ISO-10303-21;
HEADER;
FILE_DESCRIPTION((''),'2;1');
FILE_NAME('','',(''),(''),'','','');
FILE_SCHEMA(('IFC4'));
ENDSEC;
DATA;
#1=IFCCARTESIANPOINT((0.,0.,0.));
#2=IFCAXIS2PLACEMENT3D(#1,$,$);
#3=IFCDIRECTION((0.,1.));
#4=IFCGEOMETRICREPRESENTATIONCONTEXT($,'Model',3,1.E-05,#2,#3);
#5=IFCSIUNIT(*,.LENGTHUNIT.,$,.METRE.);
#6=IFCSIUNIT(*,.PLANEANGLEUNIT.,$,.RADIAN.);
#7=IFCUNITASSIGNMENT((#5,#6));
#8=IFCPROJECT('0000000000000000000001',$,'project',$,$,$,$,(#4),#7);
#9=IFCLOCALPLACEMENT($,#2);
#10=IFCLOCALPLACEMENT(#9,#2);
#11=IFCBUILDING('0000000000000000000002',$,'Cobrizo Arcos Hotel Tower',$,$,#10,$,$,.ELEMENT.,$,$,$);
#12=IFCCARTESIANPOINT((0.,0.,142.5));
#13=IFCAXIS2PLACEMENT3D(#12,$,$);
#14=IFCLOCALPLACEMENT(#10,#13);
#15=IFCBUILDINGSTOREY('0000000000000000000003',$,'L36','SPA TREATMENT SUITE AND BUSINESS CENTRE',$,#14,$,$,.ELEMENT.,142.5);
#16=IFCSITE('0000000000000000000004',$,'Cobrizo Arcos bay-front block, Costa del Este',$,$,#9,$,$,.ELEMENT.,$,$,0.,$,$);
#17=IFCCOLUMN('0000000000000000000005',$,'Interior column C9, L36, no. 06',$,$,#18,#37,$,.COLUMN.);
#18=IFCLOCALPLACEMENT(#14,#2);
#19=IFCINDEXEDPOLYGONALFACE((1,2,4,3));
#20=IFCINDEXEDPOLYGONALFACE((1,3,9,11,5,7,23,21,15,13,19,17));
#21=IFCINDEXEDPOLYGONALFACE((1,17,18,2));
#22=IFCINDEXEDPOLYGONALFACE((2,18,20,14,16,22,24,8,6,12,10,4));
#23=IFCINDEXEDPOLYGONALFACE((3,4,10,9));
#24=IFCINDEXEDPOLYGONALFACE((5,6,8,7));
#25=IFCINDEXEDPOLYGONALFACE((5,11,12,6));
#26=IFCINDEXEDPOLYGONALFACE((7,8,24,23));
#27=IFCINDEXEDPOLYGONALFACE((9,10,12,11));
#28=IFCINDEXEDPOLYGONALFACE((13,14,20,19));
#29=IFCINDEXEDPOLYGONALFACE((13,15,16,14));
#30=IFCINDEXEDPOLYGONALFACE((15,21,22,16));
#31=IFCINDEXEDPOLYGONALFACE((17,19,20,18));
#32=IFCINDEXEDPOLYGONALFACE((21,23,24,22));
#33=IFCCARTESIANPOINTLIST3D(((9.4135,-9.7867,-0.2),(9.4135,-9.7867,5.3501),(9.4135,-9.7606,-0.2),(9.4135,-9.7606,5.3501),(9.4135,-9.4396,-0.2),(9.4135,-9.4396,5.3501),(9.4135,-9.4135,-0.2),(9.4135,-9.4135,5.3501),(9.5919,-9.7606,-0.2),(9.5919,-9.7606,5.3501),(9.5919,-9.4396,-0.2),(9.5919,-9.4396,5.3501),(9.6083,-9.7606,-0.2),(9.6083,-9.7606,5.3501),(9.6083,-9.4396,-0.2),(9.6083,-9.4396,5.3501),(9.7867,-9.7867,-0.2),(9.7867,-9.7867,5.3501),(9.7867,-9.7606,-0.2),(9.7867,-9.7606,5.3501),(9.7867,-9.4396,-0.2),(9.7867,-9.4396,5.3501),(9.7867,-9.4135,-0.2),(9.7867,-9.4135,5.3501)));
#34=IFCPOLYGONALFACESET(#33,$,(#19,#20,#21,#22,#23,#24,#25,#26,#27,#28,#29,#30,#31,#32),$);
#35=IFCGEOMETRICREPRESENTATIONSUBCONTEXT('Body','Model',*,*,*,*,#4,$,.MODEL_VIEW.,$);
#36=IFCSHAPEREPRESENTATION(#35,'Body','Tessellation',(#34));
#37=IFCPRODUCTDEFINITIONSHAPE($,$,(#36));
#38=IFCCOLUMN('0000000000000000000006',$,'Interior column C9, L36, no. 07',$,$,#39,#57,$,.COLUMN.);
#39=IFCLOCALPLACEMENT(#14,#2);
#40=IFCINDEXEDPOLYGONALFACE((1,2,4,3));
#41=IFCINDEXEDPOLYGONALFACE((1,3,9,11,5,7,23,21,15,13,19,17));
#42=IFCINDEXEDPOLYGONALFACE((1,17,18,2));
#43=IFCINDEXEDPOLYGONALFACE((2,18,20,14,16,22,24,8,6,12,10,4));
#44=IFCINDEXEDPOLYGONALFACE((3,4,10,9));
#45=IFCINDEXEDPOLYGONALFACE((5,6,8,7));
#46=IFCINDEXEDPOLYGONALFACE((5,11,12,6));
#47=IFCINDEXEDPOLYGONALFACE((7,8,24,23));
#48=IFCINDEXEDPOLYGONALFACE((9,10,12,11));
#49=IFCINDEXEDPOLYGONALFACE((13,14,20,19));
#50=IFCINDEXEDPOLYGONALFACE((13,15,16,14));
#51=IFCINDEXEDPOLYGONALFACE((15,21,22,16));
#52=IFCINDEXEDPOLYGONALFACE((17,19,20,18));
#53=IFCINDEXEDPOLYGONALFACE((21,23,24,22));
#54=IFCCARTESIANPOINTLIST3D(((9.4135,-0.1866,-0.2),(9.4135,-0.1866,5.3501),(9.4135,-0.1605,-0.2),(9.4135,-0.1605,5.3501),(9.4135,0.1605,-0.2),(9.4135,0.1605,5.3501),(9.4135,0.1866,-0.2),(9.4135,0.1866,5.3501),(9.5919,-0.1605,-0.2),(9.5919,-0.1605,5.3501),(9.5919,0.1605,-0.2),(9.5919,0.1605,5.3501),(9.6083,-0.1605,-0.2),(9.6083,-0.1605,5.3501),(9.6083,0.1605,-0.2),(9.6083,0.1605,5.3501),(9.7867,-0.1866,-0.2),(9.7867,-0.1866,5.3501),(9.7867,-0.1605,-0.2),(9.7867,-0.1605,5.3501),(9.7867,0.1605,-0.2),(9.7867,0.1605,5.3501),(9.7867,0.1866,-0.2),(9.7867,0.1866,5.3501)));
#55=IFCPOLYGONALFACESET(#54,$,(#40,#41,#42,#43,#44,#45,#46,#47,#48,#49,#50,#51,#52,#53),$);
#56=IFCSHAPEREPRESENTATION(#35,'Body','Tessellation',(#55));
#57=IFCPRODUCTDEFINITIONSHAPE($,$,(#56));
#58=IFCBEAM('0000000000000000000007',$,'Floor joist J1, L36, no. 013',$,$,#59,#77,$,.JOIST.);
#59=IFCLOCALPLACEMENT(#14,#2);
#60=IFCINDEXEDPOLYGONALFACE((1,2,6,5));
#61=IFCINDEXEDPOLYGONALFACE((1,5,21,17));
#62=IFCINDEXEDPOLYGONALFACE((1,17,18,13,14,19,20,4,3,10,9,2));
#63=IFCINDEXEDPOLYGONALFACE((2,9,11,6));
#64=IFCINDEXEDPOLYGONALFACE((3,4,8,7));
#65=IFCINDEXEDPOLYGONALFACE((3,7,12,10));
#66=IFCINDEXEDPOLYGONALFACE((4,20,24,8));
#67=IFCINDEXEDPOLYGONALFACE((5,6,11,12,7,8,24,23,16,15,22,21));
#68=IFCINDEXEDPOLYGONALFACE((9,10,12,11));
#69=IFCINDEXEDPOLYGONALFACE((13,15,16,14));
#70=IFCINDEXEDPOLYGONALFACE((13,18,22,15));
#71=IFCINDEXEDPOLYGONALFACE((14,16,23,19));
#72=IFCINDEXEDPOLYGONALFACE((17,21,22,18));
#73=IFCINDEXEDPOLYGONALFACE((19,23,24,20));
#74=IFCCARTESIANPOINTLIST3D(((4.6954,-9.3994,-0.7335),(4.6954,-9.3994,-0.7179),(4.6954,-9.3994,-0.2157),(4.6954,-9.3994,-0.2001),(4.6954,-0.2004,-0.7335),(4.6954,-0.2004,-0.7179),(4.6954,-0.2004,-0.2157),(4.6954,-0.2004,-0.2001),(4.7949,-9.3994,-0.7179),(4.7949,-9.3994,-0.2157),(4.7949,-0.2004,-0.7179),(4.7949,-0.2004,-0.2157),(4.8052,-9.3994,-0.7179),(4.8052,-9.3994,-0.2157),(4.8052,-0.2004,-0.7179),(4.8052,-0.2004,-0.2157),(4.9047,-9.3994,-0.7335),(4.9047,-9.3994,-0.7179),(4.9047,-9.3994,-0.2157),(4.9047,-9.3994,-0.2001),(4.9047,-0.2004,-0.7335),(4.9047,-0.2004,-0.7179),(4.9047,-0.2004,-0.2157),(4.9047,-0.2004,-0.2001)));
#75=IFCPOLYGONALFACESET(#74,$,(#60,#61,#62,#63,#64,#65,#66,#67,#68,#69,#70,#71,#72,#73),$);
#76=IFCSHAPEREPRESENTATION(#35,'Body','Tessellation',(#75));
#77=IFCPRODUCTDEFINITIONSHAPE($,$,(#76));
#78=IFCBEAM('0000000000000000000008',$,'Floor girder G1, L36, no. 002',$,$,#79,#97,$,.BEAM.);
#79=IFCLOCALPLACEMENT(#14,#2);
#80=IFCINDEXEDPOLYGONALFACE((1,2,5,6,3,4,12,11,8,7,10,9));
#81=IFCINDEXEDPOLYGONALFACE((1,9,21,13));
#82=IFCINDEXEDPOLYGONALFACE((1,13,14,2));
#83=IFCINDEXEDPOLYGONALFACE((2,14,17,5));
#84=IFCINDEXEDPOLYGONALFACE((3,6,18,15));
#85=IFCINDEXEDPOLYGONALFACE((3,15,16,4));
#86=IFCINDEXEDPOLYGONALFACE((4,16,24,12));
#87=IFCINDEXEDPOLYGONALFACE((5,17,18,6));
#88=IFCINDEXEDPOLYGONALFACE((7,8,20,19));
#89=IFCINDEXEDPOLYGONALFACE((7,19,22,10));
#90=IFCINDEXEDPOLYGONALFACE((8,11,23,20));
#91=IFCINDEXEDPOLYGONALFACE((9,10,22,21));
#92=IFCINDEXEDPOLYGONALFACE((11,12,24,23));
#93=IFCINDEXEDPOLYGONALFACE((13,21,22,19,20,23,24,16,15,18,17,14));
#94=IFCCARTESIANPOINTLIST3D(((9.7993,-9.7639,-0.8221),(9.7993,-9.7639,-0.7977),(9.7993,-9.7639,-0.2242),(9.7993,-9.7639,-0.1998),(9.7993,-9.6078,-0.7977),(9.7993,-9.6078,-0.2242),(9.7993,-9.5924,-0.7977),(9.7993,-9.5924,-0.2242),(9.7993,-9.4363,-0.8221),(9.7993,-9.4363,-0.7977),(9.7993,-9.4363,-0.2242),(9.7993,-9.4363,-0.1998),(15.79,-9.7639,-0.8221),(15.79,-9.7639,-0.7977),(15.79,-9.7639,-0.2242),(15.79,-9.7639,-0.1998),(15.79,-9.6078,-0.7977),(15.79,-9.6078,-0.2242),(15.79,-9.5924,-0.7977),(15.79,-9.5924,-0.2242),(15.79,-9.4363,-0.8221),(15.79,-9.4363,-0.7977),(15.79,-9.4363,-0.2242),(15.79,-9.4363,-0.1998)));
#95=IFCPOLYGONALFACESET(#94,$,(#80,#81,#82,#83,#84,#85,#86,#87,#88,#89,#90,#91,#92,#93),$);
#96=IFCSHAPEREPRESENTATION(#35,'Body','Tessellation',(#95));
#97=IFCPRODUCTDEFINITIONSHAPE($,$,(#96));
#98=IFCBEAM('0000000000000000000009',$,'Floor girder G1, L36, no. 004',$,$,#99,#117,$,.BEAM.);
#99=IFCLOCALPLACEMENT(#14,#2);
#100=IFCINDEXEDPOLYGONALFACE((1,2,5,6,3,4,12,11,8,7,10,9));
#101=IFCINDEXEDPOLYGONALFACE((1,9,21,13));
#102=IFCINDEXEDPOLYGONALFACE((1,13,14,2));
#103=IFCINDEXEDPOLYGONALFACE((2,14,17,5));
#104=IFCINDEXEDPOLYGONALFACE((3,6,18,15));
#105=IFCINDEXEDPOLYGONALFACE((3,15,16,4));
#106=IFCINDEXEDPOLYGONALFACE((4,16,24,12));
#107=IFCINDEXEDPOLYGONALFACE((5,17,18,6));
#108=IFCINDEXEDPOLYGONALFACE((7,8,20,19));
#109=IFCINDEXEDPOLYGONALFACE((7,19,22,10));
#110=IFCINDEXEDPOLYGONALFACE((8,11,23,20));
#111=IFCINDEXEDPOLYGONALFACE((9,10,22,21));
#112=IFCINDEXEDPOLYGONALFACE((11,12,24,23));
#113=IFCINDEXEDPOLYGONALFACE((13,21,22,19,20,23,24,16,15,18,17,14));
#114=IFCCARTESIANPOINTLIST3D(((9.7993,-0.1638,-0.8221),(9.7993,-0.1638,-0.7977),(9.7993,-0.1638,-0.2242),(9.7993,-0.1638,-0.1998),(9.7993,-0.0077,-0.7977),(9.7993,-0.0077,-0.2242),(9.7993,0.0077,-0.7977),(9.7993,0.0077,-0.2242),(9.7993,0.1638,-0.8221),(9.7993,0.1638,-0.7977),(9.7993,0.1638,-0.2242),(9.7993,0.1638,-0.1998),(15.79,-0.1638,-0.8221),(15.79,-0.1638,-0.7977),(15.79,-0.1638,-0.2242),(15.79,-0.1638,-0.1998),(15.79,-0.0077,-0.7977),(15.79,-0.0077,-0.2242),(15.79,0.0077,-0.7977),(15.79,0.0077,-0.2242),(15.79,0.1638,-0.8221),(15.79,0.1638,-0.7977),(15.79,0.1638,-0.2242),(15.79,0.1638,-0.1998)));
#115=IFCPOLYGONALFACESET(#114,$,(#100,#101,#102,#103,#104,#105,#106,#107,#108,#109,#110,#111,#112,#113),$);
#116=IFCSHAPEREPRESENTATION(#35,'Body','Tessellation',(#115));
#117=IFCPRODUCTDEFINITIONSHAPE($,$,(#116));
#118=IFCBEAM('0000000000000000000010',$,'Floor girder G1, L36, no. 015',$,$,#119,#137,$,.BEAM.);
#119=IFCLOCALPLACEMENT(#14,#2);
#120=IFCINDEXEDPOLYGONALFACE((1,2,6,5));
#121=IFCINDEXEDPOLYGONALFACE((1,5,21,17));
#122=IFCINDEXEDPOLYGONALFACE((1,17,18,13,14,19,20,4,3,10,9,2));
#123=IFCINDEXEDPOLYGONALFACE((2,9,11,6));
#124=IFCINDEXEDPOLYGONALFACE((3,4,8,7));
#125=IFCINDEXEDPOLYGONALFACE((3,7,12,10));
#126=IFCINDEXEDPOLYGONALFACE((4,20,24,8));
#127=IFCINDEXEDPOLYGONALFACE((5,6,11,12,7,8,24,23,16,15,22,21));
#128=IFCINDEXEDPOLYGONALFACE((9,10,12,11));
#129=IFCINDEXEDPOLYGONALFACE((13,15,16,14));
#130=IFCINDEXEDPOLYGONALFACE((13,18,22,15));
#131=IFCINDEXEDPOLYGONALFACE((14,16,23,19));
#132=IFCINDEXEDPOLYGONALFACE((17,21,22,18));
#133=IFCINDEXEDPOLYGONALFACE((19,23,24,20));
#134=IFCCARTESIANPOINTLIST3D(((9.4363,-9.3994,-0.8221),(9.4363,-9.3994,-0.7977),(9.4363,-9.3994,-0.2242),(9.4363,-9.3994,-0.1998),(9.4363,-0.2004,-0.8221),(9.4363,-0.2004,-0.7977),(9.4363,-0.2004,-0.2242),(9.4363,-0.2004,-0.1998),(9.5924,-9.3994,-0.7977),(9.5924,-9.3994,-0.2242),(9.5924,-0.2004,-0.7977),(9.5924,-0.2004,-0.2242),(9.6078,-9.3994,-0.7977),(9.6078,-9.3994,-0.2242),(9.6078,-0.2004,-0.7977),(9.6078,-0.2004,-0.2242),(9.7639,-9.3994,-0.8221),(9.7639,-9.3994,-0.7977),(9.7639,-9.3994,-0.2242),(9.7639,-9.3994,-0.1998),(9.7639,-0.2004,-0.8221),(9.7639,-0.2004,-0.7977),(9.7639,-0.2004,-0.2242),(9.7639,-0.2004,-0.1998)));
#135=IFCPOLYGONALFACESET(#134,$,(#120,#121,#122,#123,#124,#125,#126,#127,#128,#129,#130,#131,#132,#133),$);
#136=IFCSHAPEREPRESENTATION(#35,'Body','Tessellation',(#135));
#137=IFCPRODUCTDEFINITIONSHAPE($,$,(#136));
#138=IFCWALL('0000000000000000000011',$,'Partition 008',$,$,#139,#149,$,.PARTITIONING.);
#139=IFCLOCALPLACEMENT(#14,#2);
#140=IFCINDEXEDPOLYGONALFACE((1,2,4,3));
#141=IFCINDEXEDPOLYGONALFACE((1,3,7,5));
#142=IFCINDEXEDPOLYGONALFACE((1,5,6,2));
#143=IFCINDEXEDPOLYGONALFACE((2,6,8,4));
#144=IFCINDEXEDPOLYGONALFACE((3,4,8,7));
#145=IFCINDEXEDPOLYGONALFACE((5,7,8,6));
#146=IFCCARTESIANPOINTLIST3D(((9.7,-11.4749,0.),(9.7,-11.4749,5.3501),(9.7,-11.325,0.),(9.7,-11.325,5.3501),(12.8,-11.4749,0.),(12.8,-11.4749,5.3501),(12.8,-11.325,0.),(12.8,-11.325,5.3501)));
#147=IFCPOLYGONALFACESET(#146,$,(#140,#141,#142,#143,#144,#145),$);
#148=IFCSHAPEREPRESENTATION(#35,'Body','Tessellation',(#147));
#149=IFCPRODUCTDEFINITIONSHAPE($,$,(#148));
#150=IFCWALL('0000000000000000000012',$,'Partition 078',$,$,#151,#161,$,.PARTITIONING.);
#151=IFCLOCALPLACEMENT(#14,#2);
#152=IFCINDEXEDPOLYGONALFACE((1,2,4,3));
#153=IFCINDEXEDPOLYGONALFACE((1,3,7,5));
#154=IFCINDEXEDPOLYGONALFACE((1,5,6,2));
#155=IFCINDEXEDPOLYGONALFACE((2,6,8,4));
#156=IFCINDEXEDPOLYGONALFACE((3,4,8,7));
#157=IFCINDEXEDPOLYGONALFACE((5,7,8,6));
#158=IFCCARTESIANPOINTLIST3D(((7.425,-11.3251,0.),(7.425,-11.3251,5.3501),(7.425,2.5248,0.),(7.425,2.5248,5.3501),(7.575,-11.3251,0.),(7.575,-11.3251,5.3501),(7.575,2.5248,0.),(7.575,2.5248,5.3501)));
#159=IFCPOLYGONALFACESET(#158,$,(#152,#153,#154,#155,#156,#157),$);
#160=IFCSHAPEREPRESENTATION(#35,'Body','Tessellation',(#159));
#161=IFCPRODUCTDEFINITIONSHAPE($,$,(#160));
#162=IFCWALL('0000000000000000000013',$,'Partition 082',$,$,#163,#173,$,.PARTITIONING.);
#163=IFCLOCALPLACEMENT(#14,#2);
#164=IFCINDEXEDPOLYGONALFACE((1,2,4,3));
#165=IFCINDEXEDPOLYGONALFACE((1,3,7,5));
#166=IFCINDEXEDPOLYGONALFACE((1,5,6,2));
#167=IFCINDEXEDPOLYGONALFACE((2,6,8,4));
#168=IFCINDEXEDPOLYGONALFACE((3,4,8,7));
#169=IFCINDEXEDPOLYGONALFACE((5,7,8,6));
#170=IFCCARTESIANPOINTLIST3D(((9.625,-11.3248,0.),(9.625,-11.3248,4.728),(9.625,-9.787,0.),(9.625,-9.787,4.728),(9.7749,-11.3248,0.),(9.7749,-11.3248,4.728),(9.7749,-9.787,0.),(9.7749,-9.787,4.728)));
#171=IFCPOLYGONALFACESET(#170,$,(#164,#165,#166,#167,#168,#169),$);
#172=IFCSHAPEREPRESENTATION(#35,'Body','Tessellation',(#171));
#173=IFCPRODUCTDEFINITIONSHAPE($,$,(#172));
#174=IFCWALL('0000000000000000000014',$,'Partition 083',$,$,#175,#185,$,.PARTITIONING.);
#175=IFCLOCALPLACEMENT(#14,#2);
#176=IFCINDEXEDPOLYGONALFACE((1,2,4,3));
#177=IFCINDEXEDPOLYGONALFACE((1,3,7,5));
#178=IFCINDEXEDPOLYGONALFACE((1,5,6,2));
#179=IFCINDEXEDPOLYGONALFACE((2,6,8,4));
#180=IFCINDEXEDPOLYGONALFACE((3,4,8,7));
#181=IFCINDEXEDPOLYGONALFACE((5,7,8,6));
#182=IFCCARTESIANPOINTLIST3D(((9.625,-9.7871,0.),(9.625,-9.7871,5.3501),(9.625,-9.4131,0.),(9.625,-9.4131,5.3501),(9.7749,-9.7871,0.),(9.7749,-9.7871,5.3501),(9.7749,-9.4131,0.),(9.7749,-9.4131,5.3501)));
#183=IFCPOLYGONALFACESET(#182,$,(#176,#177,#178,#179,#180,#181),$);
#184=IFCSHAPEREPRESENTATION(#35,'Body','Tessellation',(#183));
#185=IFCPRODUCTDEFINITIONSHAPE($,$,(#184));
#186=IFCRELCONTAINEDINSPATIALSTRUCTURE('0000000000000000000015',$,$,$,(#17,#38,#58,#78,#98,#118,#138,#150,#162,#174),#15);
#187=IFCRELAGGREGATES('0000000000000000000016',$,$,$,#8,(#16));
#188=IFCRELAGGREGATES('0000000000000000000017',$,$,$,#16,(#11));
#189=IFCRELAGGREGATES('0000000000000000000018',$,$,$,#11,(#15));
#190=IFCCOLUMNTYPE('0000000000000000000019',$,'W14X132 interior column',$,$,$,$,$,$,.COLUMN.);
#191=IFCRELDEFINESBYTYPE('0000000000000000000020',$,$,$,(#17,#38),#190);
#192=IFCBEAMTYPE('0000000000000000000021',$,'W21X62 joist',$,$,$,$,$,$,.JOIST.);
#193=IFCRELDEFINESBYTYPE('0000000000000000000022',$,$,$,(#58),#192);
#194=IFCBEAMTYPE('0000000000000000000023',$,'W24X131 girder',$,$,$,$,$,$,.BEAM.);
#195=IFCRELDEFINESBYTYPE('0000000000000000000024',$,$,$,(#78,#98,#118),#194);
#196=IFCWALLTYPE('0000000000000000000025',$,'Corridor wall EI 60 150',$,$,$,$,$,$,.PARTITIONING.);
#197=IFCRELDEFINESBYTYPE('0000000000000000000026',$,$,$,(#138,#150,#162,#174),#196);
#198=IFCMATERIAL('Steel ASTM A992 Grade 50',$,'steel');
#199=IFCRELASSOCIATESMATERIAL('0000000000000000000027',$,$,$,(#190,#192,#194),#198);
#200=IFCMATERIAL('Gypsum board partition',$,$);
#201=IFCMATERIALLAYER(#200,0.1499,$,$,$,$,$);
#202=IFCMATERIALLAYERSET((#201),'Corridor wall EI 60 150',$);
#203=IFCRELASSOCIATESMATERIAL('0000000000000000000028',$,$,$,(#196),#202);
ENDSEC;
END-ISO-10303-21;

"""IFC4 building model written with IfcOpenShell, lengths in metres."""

from ifc_helpers import new_model, si_unit, direction, frame, frame_2d, origin, origin_2d, place, context, subcontext, project, spatial, rectangle, i_section, extrude, material, layer, layer_set, material_profile, profile_set, type_object, element, save


model = new_model("IFC4")

# Units and contexts
model_context = context("Model", 3, precision=1e-05, world=origin(), true_north=direction((0.0, 1.0)))
body_context = subcontext(model_context, "Body", "Model", "MODEL_VIEW")
ifc_project = project(units=[si_unit("LENGTHUNIT", "METRE"), si_unit("PLANEANGLEUNIT", "RADIAN")], contexts=[model_context])

# Site, building, storey
site_placement = place(None, origin())
site = spatial("IfcSite", under=ifc_project, at=site_placement, Name="Cobrizo Arcos bay-front block, Costa del Este", CompositionType="ELEMENT", RefElevation=0.0)
building_placement = place(site_placement, origin())
building = spatial("IfcBuilding", under=site, at=building_placement, Name="Cobrizo Arcos Hotel Tower", CompositionType="ELEMENT")
storey_placement = place(building_placement, frame((0.0, 0.0, 142.5)))
storey = spatial("IfcBuildingStorey", under=building, at=storey_placement, Name="L36", Description="SPA TREATMENT SUITE AND BUSINESS CENTRE", CompositionType="ELEMENT", Elevation=142.5)

# Columns
ifc_material_1 = material(Name="Steel ASTM A992 Grade 50", Category="steel")
ifc_material_profile_1 = material_profile(ifc_material_1, i_section(OverallWidth=0.3733, OverallDepth=0.3733, WebThickness=0.0164, FlangeThickness=0.0261, at=origin_2d()), Name="W14X132")
ifc_profile_set_1 = profile_set([ifc_material_profile_1], Name="Steel ASTM A992 Grade 50")
column_type = type_object("IfcColumnType", Name="W14X132 interior column", PredefinedType="COLUMN", material=ifc_profile_set_1)
for number, where, z_axis, x_axis, name in (
    (1, (9.6001, -9.6001, -0.2), (0.0, 0.0, 1.0), (1.0, 0.0, 0.0), "Interior column C9, L36, no. 06"),
    (2, (9.6001, 0.0, -0.2), (0.0, 0.0, 1.0), (1.0, 0.0, 0.0), "Interior column C9, L36, no. 07"),
):
    element("IfcColumn", number, at=place(storey_placement, frame(where, z_axis=z_axis, x_axis=x_axis)), inside=storey, type_object=column_type, Name=name, PredefinedType="COLUMN", context=body_context, shape_type="SweptSolid", body=[
        extrude(i_section(OverallWidth=0.3733, OverallDepth=0.3733, WebThickness=0.0164, FlangeThickness=0.0261, at=origin_2d()), origin(), (0.0, 0.0, 1.0), 5.55),
    ])

# Beams
ifc_material_profile_2 = material_profile(ifc_material_1, i_section(OverallWidth=0.2092, OverallDepth=0.5334, WebThickness=0.0103, FlangeThickness=0.0156, at=origin_2d()), Name="W21X62")
ifc_profile_set_2 = profile_set([ifc_material_profile_2], Name="Steel ASTM A992 Grade 50")
beam_type_1 = type_object("IfcBeamType", Name="W21X62 joist", PredefinedType="JOIST", material=ifc_profile_set_2)
beam_1_placement = place(storey_placement, frame((4.8, -9.3994, -0.4668), z_axis=(0.0, 1.0, 0.0), x_axis=(-1.0, 0.0, 0.0)))
element("IfcBeam", 3, at=beam_1_placement, inside=storey, type_object=beam_type_1, Name="Floor joist J1, L36, no. 013", PredefinedType="JOIST", context=body_context, shape_type="SweptSolid", body=[
    extrude(i_section(OverallWidth=0.2092, OverallDepth=0.5334, WebThickness=0.0103, FlangeThickness=0.0156, at=origin_2d()), origin(), (0.0, 0.0, 1.0), 9.199),
])
ifc_material_profile_3 = material_profile(ifc_material_1, i_section(OverallWidth=0.3276, OverallDepth=0.6223, WebThickness=0.0154, FlangeThickness=0.0244, at=origin_2d()), Name="W24X131")
ifc_profile_set_3 = profile_set([ifc_material_profile_3], Name="Steel ASTM A992 Grade 50")
beam_type_2 = type_object("IfcBeamType", Name="W24X131 girder", PredefinedType="BEAM", material=ifc_profile_set_3)
for number, where, z_axis, x_axis, name in (
    (4, (9.7993, -9.6001, -0.511), (1.0, 0.0, 0.0), (0.0, 1.0, 0.0), "Floor girder G1, L36, no. 002"),
    (5, (9.7993, 0.0, -0.511), (1.0, 0.0, 0.0), (0.0, 1.0, 0.0), "Floor girder G1, L36, no. 004"),
):
    element("IfcBeam", number, at=place(storey_placement, frame(where, z_axis=z_axis, x_axis=x_axis)), inside=storey, type_object=beam_type_2, Name=name, PredefinedType="BEAM", context=body_context, shape_type="SweptSolid", body=[
        extrude(i_section(OverallWidth=0.3276, OverallDepth=0.6223, WebThickness=0.0154, FlangeThickness=0.0244, at=origin_2d()), origin(), (0.0, 0.0, 1.0), 5.9907),
    ])
beam_2_placement = place(storey_placement, frame((9.6001, -9.3994, -0.511), z_axis=(0.0, 1.0, 0.0), x_axis=(-1.0, 0.0, 0.0)))
element("IfcBeam", 6, at=beam_2_placement, inside=storey, type_object=beam_type_2, Name="Floor girder G1, L36, no. 015", PredefinedType="BEAM", context=body_context, shape_type="SweptSolid", body=[
    extrude(i_section(OverallWidth=0.3276, OverallDepth=0.6223, WebThickness=0.0154, FlangeThickness=0.0244, at=origin_2d()), origin(), (0.0, 0.0, 1.0), 9.199),
])

# Walls
ifc_material_2 = material(Name="Gypsum board partition")
ifc_layer_1 = layer(ifc_material_2, 0.1499)
ifc_layer_set_1 = layer_set([ifc_layer_1], Name="Corridor wall EI 60 150")
wall_type_1 = type_object("IfcWallType", Name="Corridor wall EI 60 150", PredefinedType="PARTITIONING", material=ifc_layer_set_1)
wall_1_placement = place(storey_placement, frame((9.7, -11.3999, 0.0), z_axis=(0.0, 0.0, 1.0), x_axis=(1.0, 0.0, 0.0)))
element("IfcWall", 7, at=wall_1_placement, inside=storey, type_object=wall_type_1, Name="Partition 008", PredefinedType="PARTITIONING", context=body_context, shape_type="SweptSolid", body=[
    extrude(rectangle(XDim=3.1001, YDim=0.1499, at=frame_2d((1.55, 0.0))), origin(), (0.0, 0.0, 1.0), 5.3501),
])
wall_2_placement = place(storey_placement, frame((7.5, -11.325, 0.0), z_axis=(0.0, 0.0, 1.0), x_axis=(0.0, 1.0, 0.0)))
element("IfcWall", 8, at=wall_2_placement, inside=storey, type_object=wall_type_1, Name="Partition 078", PredefinedType="PARTITIONING", context=body_context, shape_type="SweptSolid", body=[
    extrude(rectangle(XDim=13.8499, YDim=0.1499, at=frame_2d((6.9248, 0.0))), origin(), (0.0, 0.0, 1.0), 5.3501),
])
wall_3_placement = place(storey_placement, frame((9.7, -11.325, 0.0), z_axis=(0.0, 0.0, 1.0), x_axis=(0.0, 1.0, 0.0)))
element("IfcWall", 9, at=wall_3_placement, inside=storey, type_object=wall_type_1, Name="Partition 082", PredefinedType="PARTITIONING", context=body_context, shape_type="SweptSolid", body=[
    extrude(rectangle(XDim=1.5378, YDim=0.1499, at=frame_2d((0.769, 0.0))), origin(), (0.0, 0.0, 1.0), 4.728),
])
wall_4_placement = place(storey_placement, frame((9.7, -9.7871, 0.0), z_axis=(0.0, 0.0, 1.0), x_axis=(0.0, 1.0, 0.0)))
element("IfcWall", 10, at=wall_4_placement, inside=storey, type_object=wall_type_1, Name="Partition 083", PredefinedType="PARTITIONING", context=body_context, shape_type="SweptSolid", body=[
    extrude(rectangle(XDim=0.374, YDim=0.1499, at=frame_2d((0.187, 0.0))), origin(), (0.0, 0.0, 1.0), 5.3501),
])

save(model, "model.ifc")
